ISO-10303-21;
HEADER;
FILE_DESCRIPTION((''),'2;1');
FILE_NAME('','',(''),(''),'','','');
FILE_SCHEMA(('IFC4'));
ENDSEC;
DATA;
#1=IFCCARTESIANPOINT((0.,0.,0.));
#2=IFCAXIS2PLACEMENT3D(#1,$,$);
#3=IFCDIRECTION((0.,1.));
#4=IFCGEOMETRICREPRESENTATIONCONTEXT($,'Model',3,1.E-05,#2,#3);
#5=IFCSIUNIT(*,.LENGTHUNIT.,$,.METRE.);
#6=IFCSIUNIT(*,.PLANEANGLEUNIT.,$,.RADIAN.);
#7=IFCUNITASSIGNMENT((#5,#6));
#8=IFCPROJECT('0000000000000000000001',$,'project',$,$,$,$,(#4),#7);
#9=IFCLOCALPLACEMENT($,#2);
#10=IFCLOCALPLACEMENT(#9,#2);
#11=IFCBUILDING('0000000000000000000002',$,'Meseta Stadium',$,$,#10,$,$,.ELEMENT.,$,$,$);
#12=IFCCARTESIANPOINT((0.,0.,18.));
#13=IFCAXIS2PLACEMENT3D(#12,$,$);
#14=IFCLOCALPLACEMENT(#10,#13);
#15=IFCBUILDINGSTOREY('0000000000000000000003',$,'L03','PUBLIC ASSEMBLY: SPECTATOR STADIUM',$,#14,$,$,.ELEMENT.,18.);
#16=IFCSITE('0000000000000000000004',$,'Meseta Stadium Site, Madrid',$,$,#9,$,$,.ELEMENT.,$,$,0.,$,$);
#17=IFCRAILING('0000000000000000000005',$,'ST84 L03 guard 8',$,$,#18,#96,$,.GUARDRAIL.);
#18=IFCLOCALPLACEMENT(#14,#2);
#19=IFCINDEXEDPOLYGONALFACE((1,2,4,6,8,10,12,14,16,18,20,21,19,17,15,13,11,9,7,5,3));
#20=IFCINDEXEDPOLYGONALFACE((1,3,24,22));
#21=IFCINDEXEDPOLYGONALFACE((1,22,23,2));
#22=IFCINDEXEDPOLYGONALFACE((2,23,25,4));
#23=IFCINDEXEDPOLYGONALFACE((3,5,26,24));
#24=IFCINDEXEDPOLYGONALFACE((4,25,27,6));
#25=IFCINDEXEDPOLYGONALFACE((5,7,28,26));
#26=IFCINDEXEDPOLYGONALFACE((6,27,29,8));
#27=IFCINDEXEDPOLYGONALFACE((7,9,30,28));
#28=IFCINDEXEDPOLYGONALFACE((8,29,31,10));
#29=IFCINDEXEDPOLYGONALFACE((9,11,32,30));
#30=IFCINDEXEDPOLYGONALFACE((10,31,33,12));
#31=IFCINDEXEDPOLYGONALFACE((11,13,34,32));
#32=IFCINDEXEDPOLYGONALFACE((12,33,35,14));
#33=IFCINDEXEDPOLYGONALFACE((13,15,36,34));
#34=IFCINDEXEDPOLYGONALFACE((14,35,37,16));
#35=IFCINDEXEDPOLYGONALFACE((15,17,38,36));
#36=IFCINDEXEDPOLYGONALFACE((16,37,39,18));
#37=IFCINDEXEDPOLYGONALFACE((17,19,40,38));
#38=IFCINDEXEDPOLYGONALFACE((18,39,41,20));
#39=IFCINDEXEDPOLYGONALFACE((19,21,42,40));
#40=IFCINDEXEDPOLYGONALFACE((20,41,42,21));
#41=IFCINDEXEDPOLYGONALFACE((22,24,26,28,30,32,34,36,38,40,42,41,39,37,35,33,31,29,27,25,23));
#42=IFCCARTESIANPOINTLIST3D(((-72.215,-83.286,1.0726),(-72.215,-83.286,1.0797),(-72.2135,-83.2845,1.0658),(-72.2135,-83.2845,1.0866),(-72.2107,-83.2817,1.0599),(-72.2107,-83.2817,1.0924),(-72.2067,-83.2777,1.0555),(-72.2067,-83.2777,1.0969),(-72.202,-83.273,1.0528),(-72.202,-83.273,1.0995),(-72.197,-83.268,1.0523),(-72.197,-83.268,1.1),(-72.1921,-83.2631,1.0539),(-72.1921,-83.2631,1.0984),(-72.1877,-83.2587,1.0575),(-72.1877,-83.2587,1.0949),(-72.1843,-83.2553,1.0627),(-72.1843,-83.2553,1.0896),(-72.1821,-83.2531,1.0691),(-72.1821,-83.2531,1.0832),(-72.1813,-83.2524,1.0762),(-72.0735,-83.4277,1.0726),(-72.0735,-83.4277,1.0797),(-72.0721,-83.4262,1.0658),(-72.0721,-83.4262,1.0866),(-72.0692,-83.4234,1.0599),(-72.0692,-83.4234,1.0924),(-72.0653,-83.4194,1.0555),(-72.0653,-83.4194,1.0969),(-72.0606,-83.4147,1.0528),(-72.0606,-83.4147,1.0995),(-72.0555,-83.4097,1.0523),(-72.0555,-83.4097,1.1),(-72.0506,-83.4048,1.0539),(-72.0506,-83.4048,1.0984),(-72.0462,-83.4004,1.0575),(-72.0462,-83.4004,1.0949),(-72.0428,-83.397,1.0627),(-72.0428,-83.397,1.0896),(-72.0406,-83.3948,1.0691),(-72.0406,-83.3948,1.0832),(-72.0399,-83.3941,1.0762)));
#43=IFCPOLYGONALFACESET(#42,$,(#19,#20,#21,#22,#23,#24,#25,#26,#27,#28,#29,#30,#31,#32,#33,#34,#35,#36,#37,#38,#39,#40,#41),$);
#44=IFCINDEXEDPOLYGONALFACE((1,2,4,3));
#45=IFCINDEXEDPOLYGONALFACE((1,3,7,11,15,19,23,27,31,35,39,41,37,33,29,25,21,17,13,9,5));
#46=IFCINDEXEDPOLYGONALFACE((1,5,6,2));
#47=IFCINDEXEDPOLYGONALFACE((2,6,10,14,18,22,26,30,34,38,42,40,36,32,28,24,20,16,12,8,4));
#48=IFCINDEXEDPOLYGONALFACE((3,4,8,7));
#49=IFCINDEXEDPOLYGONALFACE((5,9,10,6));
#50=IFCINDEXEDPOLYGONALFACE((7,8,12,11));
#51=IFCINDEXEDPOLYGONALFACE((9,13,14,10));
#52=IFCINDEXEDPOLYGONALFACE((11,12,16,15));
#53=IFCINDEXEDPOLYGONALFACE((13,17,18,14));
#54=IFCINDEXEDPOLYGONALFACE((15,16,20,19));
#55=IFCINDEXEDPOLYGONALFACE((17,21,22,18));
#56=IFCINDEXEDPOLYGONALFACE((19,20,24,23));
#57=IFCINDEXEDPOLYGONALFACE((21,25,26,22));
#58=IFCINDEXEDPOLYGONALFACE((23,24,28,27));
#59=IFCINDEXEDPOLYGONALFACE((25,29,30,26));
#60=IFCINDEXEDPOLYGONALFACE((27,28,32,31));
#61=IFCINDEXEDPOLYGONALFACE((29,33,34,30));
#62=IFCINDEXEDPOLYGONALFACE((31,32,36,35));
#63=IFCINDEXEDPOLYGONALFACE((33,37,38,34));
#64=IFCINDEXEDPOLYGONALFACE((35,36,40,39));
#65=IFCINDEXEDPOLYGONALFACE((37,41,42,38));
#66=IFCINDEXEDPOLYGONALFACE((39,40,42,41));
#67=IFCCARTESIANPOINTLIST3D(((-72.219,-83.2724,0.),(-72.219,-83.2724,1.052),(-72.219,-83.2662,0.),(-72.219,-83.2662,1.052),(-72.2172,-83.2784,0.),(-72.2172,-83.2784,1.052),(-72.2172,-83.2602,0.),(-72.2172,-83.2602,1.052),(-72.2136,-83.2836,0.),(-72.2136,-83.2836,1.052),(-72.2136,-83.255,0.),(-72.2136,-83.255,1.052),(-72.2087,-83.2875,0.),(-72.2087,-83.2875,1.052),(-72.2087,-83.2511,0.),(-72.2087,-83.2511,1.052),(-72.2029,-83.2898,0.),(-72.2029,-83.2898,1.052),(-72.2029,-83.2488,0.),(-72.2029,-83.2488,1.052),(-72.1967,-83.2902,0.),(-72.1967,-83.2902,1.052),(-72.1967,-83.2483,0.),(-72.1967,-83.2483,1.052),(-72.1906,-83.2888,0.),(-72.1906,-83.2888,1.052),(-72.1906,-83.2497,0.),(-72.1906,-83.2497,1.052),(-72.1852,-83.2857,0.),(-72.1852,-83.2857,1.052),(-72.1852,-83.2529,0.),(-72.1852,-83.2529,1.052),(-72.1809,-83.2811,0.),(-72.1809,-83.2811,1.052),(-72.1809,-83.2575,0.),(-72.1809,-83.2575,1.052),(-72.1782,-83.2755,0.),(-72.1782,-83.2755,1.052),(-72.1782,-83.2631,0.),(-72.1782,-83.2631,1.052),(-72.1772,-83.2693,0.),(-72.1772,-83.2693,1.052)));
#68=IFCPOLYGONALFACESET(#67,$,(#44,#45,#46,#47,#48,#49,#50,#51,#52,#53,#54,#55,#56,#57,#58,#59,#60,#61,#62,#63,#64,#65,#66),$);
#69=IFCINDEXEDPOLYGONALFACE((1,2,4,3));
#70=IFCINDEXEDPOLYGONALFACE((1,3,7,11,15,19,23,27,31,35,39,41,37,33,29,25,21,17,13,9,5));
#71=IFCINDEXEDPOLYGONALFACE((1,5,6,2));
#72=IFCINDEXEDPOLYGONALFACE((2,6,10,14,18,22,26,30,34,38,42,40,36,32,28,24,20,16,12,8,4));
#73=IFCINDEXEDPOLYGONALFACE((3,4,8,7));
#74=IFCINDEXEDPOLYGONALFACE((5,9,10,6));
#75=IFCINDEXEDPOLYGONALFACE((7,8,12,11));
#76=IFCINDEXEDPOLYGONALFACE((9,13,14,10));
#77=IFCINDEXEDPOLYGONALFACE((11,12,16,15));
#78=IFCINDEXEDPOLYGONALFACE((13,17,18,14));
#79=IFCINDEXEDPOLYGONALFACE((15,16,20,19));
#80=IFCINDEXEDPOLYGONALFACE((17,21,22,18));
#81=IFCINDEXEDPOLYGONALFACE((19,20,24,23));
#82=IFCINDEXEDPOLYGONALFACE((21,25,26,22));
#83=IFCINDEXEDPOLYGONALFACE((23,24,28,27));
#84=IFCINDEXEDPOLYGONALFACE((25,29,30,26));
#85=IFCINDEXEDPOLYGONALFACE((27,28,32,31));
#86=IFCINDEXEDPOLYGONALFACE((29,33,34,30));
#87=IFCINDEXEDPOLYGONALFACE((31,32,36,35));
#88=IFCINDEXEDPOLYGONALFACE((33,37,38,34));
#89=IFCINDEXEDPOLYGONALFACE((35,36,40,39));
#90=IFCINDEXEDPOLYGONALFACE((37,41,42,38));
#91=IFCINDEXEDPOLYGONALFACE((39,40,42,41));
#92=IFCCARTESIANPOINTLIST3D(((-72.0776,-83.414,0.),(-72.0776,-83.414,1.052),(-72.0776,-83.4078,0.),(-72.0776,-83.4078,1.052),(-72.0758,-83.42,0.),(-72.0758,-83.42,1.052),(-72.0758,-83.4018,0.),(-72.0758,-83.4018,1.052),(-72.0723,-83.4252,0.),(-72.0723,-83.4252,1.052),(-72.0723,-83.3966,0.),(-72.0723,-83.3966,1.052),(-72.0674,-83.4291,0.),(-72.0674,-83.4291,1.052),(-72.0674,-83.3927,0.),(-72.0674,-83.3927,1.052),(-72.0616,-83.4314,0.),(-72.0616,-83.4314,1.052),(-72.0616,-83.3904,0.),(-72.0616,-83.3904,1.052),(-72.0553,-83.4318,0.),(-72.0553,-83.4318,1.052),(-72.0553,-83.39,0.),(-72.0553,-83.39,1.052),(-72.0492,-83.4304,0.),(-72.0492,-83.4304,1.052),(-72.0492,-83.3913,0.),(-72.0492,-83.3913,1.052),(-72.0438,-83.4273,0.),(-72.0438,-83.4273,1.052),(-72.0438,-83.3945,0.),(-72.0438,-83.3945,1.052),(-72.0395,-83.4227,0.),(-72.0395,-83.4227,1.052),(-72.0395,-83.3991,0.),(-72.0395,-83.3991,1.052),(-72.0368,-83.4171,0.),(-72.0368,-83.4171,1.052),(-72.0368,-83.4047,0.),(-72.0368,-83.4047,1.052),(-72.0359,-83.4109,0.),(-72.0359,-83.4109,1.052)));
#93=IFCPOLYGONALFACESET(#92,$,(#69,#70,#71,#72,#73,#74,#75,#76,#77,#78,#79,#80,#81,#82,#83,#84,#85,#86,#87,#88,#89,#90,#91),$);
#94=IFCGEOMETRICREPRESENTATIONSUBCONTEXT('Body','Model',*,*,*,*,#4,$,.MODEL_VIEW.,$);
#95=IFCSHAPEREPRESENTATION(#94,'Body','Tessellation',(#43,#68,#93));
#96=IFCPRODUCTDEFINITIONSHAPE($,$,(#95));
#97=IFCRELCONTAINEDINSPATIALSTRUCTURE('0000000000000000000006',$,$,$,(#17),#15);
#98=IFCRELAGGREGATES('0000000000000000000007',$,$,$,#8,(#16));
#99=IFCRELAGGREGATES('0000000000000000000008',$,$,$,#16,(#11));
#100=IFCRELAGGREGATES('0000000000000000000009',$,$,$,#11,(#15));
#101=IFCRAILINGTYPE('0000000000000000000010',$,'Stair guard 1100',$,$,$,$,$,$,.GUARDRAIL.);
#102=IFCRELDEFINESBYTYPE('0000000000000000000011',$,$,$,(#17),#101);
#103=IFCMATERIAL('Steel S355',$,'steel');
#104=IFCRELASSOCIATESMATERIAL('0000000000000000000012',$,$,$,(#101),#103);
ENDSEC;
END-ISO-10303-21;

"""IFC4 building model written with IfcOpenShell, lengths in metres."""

from ifc_helpers import new_model, si_unit, direction, frame, origin, origin_2d, place, context, subcontext, project, spatial, circle, extrude, material, type_object, element, save


model = new_model("IFC4")

# Units and contexts
model_context = context("Model", 3, precision=1e-05, world=origin(), true_north=direction((0.0, 1.0)))
body_context = subcontext(model_context, "Body", "Model", "MODEL_VIEW")
ifc_project = project(units=[si_unit("LENGTHUNIT", "METRE"), si_unit("PLANEANGLEUNIT", "RADIAN")], contexts=[model_context])

# Site, building, storey
site_placement = place(None, origin())
site = spatial("IfcSite", under=ifc_project, at=site_placement, Name="Meseta Stadium Site, Madrid", CompositionType="ELEMENT", RefElevation=0.0)
building_placement = place(site_placement, origin())
building = spatial("IfcBuilding", under=site, at=building_placement, Name="Meseta Stadium", CompositionType="ELEMENT")
storey_placement = place(building_placement, frame((0.0, 0.0, 18.0)))
storey = spatial("IfcBuildingStorey", under=building, at=storey_placement, Name="L03", Description="PUBLIC ASSEMBLY: SPECTATOR STADIUM", CompositionType="ELEMENT", Elevation=18.0)

# Railing
ifc_material_1 = material(Name="Steel S355", Category="steel")
railing_type_1 = type_object("IfcRailingType", Name="Stair guard 1100", PredefinedType="GUARDRAIL", material=ifc_material_1)
railing_1_placement = place(storey_placement, frame((-72.1982, -83.2693, 0.0)))
element("IfcRailing", 1, at=railing_1_placement, inside=storey, type_object=railing_type_1, Name="ST84 L03 guard 8", PredefinedType="GUARDRAIL", context=body_context, shape_type="SweptSolid", body=[
    extrude(circle(Radius=0.0239, at=origin_2d()), frame((0.0, 0.0, 1.0762), z_axis=(0.706496, -0.707717, 0.0), x_axis=(0.707717, 0.706496, 0.0)), (0.0, 0.0, 1.0), 0.2002),
    extrude(circle(Radius=0.021, at=origin_2d()), origin(), (0.0, 0.0, 1.0), 1.052),
    extrude(circle(Radius=0.021, at=origin_2d()), frame((0.1414, -0.1416, 0.0)), (0.0, 0.0, 1.0), 1.052),
])

save(model, "model.ifc")
